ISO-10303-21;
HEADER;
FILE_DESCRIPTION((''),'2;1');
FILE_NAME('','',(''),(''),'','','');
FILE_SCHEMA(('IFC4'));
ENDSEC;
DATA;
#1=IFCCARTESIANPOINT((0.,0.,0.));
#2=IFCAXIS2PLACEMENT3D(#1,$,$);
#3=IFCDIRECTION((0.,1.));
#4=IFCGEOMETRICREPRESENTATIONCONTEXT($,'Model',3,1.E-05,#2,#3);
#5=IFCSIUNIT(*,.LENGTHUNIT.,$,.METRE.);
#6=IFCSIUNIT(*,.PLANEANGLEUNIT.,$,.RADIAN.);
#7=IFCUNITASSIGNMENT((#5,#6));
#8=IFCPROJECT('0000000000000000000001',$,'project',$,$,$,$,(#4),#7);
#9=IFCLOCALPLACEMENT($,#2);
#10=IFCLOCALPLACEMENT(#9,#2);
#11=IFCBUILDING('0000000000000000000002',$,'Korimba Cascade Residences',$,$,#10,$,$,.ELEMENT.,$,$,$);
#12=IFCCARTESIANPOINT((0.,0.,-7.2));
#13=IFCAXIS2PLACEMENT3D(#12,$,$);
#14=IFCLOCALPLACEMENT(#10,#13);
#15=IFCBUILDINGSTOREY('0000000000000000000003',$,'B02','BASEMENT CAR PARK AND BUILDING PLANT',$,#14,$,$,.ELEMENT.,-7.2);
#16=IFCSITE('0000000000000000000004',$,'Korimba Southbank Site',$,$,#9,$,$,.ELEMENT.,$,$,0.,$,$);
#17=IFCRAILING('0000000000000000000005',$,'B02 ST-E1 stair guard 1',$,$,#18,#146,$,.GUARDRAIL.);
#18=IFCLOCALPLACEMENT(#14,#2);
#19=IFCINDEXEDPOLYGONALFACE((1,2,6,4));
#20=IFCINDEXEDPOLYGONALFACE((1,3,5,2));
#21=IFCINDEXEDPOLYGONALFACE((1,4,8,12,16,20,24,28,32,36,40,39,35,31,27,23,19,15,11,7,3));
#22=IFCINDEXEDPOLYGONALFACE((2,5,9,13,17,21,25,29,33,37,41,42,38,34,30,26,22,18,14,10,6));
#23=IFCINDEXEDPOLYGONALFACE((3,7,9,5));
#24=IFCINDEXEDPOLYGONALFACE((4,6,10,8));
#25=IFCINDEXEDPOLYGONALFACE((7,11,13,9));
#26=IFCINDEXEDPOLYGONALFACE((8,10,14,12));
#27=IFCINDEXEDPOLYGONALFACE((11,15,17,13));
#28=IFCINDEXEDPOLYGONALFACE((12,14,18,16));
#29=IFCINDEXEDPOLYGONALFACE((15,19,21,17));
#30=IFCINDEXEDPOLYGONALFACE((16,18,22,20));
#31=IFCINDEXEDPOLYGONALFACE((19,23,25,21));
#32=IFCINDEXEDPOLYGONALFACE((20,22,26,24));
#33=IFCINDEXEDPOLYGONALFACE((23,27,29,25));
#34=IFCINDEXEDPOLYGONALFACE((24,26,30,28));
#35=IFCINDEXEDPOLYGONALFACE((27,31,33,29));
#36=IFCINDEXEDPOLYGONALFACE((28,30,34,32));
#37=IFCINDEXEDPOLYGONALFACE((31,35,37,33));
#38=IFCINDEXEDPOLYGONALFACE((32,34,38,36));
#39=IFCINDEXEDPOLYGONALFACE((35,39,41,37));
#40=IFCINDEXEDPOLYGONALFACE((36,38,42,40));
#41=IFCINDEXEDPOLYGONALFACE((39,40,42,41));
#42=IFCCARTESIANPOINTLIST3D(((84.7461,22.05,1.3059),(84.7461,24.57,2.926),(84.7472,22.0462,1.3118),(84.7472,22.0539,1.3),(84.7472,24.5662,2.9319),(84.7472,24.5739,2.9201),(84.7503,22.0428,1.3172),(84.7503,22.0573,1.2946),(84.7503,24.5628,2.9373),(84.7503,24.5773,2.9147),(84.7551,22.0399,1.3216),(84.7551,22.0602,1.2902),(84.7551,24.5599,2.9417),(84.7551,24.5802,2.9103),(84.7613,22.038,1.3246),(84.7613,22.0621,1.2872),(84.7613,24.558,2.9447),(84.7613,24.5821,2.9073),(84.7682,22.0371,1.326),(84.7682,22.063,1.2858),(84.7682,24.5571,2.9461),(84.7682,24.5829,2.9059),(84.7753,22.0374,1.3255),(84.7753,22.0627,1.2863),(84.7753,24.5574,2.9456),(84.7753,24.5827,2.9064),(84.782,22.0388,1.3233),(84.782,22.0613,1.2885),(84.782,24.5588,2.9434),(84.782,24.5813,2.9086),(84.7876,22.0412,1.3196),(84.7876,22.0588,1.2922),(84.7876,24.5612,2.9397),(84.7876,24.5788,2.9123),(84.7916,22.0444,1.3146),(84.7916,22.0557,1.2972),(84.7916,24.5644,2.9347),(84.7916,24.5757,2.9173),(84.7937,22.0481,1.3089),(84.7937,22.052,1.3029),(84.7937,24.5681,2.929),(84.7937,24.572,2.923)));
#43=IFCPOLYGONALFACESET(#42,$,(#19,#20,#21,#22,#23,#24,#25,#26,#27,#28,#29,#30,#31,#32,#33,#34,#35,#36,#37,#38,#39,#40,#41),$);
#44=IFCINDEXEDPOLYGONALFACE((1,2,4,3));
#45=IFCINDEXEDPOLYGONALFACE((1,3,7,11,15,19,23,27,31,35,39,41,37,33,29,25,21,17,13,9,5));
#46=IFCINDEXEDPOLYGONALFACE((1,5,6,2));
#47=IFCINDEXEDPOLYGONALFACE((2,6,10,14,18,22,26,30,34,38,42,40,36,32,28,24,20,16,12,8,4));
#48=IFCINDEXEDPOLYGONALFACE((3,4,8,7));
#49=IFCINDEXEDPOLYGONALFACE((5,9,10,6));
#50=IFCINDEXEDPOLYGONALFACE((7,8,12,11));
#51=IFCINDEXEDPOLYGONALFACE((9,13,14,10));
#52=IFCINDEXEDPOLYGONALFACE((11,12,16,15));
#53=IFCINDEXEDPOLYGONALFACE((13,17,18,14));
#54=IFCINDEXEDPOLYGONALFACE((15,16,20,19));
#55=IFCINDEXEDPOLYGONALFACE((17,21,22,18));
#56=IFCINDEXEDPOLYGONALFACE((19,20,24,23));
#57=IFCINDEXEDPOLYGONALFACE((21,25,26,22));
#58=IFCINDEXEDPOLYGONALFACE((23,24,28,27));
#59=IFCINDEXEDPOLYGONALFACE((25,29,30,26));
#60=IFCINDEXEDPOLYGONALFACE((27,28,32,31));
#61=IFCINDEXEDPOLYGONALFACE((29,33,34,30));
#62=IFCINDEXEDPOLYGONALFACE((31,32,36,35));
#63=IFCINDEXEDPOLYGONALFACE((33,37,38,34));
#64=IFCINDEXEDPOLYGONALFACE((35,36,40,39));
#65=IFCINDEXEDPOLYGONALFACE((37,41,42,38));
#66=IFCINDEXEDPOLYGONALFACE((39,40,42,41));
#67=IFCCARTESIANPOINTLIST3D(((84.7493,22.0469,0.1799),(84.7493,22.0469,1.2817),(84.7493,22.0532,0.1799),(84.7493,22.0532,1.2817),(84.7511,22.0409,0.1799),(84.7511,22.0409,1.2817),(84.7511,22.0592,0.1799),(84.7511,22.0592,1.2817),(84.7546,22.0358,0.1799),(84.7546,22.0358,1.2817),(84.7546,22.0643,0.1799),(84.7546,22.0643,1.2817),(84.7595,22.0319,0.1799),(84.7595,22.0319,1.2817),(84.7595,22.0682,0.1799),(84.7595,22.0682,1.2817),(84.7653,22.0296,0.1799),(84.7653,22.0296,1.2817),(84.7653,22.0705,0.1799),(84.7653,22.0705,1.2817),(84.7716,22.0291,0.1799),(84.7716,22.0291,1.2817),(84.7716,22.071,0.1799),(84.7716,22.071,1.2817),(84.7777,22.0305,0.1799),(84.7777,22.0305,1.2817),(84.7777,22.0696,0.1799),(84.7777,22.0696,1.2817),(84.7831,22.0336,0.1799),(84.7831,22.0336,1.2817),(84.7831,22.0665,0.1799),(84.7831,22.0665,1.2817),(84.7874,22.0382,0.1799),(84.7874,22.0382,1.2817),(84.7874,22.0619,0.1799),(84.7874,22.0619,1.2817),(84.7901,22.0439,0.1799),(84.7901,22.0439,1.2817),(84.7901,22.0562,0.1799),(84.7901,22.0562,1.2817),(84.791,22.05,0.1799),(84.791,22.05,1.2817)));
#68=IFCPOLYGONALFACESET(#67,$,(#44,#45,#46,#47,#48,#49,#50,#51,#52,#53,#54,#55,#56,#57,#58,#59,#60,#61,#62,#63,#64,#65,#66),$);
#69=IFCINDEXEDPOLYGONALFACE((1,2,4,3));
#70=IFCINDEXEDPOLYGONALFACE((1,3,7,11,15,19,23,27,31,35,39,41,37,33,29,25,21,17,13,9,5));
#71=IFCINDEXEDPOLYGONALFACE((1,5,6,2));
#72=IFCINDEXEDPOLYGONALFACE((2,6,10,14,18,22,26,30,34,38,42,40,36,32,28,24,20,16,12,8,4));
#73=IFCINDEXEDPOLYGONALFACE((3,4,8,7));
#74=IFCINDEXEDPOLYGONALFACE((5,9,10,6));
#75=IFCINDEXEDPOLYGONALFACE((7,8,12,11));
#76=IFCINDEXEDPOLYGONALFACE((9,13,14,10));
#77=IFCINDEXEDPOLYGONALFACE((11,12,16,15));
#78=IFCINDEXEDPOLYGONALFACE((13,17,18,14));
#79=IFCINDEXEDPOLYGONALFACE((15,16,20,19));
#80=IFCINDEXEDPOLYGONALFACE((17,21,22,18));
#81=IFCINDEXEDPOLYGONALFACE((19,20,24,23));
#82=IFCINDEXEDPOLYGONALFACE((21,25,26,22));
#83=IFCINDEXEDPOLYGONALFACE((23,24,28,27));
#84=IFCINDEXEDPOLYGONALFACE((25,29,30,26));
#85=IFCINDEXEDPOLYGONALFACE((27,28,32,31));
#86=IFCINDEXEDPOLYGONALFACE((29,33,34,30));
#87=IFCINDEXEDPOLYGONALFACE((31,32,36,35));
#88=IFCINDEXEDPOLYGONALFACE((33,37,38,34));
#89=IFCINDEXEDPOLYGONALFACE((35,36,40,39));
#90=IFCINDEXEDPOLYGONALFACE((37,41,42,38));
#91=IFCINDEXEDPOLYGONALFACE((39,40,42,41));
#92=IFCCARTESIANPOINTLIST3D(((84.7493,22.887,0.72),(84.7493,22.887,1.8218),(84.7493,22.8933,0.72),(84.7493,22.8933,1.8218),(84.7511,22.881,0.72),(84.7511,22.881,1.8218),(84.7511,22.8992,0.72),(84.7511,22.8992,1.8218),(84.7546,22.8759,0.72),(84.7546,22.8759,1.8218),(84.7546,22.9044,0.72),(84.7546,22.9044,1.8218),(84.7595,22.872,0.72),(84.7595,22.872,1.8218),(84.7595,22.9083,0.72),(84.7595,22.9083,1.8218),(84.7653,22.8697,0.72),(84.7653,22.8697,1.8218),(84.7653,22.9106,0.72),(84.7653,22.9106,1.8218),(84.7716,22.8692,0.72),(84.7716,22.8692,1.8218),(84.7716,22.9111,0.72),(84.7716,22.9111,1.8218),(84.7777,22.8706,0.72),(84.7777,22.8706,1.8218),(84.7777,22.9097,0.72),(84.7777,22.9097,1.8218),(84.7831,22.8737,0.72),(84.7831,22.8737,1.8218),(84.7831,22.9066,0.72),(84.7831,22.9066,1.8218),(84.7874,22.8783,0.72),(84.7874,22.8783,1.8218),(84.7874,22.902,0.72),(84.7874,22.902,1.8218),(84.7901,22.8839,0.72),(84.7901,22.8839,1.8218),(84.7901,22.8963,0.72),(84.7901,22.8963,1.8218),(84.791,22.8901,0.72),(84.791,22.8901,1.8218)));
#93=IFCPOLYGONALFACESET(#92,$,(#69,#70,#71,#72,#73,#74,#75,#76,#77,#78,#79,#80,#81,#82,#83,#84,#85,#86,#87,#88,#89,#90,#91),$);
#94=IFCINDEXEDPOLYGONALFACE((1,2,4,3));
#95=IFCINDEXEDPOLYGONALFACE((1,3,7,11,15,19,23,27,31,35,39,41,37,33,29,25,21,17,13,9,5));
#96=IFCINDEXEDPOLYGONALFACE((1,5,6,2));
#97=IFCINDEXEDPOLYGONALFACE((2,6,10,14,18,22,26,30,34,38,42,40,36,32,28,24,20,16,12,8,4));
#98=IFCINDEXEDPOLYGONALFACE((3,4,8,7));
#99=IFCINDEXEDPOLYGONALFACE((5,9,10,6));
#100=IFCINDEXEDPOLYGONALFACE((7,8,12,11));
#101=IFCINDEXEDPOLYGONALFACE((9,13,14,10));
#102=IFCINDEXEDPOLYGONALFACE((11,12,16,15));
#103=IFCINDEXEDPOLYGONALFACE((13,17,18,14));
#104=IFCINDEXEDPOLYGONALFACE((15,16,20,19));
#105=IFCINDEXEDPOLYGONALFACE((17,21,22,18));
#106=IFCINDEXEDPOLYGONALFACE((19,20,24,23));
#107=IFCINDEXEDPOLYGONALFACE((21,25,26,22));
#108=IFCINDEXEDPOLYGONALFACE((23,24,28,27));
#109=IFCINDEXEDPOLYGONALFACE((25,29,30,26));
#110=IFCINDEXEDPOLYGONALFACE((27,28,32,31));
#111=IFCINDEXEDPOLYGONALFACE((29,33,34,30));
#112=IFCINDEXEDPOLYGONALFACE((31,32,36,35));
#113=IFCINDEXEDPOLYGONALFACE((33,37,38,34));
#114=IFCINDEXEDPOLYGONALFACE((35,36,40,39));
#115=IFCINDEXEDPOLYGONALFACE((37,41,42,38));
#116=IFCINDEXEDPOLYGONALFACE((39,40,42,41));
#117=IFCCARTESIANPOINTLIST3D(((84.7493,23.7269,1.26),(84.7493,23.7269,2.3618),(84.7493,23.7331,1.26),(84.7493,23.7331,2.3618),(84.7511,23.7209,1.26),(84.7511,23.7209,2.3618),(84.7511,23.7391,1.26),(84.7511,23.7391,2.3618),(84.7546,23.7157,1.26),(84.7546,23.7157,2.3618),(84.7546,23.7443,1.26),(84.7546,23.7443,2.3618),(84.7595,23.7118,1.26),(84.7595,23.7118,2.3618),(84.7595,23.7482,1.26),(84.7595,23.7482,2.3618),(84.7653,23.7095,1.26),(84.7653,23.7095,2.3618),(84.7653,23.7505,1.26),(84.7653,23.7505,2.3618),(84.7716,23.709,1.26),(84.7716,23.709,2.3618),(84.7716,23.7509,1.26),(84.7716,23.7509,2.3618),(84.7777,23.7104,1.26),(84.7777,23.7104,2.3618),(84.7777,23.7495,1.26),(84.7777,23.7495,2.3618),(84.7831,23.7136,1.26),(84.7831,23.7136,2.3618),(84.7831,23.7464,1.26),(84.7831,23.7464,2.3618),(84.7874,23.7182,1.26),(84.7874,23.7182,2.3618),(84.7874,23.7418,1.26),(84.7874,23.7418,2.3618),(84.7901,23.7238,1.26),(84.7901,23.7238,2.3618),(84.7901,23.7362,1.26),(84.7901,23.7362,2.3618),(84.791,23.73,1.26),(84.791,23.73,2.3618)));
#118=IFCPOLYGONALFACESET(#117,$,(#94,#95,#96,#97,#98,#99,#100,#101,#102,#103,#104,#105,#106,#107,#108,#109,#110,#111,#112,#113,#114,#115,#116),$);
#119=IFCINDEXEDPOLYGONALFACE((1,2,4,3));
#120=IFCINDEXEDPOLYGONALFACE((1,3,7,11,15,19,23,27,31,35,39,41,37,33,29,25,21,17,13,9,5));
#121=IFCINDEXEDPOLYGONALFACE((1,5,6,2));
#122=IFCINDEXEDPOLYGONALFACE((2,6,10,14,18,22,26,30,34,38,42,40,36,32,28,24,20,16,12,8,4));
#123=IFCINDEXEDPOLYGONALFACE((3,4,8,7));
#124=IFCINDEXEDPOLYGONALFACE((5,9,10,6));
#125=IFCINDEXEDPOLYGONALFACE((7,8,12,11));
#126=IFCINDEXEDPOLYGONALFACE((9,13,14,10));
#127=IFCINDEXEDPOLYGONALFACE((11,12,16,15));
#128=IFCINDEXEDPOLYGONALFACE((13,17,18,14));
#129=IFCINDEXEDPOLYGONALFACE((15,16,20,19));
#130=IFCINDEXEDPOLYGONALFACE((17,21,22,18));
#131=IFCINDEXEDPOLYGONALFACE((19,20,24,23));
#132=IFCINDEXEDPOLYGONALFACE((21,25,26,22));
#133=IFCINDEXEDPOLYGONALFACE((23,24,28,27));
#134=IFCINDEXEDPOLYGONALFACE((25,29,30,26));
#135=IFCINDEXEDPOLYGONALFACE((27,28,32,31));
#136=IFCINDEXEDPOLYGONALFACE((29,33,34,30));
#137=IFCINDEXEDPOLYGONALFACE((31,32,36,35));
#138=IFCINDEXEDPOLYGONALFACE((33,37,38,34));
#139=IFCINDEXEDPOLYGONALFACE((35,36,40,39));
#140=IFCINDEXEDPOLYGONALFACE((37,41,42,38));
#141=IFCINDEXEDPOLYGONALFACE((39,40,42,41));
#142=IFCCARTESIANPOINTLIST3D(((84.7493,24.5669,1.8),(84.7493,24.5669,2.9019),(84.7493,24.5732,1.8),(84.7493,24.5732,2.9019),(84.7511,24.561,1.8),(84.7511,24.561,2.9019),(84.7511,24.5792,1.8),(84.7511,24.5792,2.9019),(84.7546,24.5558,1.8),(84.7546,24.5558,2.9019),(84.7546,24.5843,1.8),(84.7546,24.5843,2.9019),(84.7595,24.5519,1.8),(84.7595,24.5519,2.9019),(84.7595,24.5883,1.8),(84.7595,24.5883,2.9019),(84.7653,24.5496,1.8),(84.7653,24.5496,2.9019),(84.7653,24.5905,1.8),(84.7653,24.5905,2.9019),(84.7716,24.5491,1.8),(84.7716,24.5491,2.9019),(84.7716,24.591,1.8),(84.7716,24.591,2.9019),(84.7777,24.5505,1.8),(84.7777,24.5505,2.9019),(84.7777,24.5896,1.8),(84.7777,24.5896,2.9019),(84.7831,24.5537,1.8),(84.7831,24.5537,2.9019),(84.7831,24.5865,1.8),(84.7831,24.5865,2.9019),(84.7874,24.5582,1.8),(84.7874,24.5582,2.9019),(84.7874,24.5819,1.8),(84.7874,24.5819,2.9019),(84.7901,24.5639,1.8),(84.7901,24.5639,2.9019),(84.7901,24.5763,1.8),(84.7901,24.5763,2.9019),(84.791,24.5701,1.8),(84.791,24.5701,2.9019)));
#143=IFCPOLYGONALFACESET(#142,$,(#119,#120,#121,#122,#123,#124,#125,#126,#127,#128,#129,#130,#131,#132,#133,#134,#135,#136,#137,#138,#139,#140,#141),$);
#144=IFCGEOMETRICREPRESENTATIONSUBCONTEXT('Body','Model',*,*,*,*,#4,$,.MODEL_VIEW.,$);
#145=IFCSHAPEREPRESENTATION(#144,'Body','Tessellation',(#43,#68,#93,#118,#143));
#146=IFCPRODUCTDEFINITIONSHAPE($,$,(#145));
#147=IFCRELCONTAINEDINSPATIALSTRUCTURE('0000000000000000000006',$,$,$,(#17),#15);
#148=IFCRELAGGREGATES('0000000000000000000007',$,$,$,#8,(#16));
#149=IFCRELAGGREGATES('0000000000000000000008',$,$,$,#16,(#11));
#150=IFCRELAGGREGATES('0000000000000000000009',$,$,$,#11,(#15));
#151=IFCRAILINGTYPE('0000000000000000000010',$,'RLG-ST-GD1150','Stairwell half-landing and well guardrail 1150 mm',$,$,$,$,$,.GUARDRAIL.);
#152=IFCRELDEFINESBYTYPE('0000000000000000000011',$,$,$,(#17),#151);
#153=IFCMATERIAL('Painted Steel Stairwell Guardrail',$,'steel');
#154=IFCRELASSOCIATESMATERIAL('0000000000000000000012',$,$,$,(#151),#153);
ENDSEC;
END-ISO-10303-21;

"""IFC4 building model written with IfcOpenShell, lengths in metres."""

from ifc_helpers import new_model, si_unit, direction, frame, origin, origin_2d, place, context, subcontext, project, spatial, circle, extrude, material, type_object, element, save


model = new_model("IFC4")

# Units and contexts
model_context = context("Model", 3, precision=1e-05, world=origin(), true_north=direction((0.0, 1.0)))
body_context = subcontext(model_context, "Body", "Model", "MODEL_VIEW")
ifc_project = project(units=[si_unit("LENGTHUNIT", "METRE"), si_unit("PLANEANGLEUNIT", "RADIAN")], contexts=[model_context])

# Site, building, storey
site_placement = place(None, origin())
site = spatial("IfcSite", under=ifc_project, at=site_placement, Name="Korimba Southbank Site", CompositionType="ELEMENT", RefElevation=0.0)
building_placement = place(site_placement, origin())
building = spatial("IfcBuilding", under=site, at=building_placement, Name="Korimba Cascade Residences", CompositionType="ELEMENT")
storey_placement = place(building_placement, frame((0.0, 0.0, -7.2)))
storey = spatial("IfcBuildingStorey", under=building, at=storey_placement, Name="B02", Description="BASEMENT CAR PARK AND BUILDING PLANT", CompositionType="ELEMENT", Elevation=-7.2)

# Railing
ifc_material_1 = material(Name="Painted Steel Stairwell Guardrail", Category="steel")
railing_type_1 = type_object("IfcRailingType", Name="RLG-ST-GD1150", Description="Stairwell half-landing and well guardrail 1150 mm", PredefinedType="GUARDRAIL", material=ifc_material_1)
railing_1_placement = place(storey_placement, frame((84.77, 22.05, 0.1799)))
element("IfcRailing", 1, at=railing_1_placement, inside=storey, type_object=railing_type_1, Name="B02 ST-E1 stair guard 1", PredefinedType="GUARDRAIL", context=body_context, shape_type="SweptSolid", body=[
    extrude(circle(Radius=0.0239, at=origin_2d()), frame((0.0, 0.0, 1.126), z_axis=(0.0, 0.841163, 0.540782), x_axis=(-1.0, 0.0, 0.0)), (0.0, 0.0, 1.0), 2.9958),
    extrude(circle(Radius=0.021, at=origin_2d()), origin(), (0.0, 0.0, 1.0), 1.1018),
    extrude(circle(Radius=0.021, at=origin_2d()), frame((0.0, 0.8401, 0.54)), (0.0, 0.0, 1.0), 1.1018),
    extrude(circle(Radius=0.021, at=origin_2d()), frame((0.0, 1.6799, 1.0801)), (0.0, 0.0, 1.0), 1.1018),
    extrude(circle(Radius=0.021, at=origin_2d()), frame((0.0, 2.52, 1.6201)), (0.0, 0.0, 1.0), 1.1018),
])

save(model, "model.ifc")
